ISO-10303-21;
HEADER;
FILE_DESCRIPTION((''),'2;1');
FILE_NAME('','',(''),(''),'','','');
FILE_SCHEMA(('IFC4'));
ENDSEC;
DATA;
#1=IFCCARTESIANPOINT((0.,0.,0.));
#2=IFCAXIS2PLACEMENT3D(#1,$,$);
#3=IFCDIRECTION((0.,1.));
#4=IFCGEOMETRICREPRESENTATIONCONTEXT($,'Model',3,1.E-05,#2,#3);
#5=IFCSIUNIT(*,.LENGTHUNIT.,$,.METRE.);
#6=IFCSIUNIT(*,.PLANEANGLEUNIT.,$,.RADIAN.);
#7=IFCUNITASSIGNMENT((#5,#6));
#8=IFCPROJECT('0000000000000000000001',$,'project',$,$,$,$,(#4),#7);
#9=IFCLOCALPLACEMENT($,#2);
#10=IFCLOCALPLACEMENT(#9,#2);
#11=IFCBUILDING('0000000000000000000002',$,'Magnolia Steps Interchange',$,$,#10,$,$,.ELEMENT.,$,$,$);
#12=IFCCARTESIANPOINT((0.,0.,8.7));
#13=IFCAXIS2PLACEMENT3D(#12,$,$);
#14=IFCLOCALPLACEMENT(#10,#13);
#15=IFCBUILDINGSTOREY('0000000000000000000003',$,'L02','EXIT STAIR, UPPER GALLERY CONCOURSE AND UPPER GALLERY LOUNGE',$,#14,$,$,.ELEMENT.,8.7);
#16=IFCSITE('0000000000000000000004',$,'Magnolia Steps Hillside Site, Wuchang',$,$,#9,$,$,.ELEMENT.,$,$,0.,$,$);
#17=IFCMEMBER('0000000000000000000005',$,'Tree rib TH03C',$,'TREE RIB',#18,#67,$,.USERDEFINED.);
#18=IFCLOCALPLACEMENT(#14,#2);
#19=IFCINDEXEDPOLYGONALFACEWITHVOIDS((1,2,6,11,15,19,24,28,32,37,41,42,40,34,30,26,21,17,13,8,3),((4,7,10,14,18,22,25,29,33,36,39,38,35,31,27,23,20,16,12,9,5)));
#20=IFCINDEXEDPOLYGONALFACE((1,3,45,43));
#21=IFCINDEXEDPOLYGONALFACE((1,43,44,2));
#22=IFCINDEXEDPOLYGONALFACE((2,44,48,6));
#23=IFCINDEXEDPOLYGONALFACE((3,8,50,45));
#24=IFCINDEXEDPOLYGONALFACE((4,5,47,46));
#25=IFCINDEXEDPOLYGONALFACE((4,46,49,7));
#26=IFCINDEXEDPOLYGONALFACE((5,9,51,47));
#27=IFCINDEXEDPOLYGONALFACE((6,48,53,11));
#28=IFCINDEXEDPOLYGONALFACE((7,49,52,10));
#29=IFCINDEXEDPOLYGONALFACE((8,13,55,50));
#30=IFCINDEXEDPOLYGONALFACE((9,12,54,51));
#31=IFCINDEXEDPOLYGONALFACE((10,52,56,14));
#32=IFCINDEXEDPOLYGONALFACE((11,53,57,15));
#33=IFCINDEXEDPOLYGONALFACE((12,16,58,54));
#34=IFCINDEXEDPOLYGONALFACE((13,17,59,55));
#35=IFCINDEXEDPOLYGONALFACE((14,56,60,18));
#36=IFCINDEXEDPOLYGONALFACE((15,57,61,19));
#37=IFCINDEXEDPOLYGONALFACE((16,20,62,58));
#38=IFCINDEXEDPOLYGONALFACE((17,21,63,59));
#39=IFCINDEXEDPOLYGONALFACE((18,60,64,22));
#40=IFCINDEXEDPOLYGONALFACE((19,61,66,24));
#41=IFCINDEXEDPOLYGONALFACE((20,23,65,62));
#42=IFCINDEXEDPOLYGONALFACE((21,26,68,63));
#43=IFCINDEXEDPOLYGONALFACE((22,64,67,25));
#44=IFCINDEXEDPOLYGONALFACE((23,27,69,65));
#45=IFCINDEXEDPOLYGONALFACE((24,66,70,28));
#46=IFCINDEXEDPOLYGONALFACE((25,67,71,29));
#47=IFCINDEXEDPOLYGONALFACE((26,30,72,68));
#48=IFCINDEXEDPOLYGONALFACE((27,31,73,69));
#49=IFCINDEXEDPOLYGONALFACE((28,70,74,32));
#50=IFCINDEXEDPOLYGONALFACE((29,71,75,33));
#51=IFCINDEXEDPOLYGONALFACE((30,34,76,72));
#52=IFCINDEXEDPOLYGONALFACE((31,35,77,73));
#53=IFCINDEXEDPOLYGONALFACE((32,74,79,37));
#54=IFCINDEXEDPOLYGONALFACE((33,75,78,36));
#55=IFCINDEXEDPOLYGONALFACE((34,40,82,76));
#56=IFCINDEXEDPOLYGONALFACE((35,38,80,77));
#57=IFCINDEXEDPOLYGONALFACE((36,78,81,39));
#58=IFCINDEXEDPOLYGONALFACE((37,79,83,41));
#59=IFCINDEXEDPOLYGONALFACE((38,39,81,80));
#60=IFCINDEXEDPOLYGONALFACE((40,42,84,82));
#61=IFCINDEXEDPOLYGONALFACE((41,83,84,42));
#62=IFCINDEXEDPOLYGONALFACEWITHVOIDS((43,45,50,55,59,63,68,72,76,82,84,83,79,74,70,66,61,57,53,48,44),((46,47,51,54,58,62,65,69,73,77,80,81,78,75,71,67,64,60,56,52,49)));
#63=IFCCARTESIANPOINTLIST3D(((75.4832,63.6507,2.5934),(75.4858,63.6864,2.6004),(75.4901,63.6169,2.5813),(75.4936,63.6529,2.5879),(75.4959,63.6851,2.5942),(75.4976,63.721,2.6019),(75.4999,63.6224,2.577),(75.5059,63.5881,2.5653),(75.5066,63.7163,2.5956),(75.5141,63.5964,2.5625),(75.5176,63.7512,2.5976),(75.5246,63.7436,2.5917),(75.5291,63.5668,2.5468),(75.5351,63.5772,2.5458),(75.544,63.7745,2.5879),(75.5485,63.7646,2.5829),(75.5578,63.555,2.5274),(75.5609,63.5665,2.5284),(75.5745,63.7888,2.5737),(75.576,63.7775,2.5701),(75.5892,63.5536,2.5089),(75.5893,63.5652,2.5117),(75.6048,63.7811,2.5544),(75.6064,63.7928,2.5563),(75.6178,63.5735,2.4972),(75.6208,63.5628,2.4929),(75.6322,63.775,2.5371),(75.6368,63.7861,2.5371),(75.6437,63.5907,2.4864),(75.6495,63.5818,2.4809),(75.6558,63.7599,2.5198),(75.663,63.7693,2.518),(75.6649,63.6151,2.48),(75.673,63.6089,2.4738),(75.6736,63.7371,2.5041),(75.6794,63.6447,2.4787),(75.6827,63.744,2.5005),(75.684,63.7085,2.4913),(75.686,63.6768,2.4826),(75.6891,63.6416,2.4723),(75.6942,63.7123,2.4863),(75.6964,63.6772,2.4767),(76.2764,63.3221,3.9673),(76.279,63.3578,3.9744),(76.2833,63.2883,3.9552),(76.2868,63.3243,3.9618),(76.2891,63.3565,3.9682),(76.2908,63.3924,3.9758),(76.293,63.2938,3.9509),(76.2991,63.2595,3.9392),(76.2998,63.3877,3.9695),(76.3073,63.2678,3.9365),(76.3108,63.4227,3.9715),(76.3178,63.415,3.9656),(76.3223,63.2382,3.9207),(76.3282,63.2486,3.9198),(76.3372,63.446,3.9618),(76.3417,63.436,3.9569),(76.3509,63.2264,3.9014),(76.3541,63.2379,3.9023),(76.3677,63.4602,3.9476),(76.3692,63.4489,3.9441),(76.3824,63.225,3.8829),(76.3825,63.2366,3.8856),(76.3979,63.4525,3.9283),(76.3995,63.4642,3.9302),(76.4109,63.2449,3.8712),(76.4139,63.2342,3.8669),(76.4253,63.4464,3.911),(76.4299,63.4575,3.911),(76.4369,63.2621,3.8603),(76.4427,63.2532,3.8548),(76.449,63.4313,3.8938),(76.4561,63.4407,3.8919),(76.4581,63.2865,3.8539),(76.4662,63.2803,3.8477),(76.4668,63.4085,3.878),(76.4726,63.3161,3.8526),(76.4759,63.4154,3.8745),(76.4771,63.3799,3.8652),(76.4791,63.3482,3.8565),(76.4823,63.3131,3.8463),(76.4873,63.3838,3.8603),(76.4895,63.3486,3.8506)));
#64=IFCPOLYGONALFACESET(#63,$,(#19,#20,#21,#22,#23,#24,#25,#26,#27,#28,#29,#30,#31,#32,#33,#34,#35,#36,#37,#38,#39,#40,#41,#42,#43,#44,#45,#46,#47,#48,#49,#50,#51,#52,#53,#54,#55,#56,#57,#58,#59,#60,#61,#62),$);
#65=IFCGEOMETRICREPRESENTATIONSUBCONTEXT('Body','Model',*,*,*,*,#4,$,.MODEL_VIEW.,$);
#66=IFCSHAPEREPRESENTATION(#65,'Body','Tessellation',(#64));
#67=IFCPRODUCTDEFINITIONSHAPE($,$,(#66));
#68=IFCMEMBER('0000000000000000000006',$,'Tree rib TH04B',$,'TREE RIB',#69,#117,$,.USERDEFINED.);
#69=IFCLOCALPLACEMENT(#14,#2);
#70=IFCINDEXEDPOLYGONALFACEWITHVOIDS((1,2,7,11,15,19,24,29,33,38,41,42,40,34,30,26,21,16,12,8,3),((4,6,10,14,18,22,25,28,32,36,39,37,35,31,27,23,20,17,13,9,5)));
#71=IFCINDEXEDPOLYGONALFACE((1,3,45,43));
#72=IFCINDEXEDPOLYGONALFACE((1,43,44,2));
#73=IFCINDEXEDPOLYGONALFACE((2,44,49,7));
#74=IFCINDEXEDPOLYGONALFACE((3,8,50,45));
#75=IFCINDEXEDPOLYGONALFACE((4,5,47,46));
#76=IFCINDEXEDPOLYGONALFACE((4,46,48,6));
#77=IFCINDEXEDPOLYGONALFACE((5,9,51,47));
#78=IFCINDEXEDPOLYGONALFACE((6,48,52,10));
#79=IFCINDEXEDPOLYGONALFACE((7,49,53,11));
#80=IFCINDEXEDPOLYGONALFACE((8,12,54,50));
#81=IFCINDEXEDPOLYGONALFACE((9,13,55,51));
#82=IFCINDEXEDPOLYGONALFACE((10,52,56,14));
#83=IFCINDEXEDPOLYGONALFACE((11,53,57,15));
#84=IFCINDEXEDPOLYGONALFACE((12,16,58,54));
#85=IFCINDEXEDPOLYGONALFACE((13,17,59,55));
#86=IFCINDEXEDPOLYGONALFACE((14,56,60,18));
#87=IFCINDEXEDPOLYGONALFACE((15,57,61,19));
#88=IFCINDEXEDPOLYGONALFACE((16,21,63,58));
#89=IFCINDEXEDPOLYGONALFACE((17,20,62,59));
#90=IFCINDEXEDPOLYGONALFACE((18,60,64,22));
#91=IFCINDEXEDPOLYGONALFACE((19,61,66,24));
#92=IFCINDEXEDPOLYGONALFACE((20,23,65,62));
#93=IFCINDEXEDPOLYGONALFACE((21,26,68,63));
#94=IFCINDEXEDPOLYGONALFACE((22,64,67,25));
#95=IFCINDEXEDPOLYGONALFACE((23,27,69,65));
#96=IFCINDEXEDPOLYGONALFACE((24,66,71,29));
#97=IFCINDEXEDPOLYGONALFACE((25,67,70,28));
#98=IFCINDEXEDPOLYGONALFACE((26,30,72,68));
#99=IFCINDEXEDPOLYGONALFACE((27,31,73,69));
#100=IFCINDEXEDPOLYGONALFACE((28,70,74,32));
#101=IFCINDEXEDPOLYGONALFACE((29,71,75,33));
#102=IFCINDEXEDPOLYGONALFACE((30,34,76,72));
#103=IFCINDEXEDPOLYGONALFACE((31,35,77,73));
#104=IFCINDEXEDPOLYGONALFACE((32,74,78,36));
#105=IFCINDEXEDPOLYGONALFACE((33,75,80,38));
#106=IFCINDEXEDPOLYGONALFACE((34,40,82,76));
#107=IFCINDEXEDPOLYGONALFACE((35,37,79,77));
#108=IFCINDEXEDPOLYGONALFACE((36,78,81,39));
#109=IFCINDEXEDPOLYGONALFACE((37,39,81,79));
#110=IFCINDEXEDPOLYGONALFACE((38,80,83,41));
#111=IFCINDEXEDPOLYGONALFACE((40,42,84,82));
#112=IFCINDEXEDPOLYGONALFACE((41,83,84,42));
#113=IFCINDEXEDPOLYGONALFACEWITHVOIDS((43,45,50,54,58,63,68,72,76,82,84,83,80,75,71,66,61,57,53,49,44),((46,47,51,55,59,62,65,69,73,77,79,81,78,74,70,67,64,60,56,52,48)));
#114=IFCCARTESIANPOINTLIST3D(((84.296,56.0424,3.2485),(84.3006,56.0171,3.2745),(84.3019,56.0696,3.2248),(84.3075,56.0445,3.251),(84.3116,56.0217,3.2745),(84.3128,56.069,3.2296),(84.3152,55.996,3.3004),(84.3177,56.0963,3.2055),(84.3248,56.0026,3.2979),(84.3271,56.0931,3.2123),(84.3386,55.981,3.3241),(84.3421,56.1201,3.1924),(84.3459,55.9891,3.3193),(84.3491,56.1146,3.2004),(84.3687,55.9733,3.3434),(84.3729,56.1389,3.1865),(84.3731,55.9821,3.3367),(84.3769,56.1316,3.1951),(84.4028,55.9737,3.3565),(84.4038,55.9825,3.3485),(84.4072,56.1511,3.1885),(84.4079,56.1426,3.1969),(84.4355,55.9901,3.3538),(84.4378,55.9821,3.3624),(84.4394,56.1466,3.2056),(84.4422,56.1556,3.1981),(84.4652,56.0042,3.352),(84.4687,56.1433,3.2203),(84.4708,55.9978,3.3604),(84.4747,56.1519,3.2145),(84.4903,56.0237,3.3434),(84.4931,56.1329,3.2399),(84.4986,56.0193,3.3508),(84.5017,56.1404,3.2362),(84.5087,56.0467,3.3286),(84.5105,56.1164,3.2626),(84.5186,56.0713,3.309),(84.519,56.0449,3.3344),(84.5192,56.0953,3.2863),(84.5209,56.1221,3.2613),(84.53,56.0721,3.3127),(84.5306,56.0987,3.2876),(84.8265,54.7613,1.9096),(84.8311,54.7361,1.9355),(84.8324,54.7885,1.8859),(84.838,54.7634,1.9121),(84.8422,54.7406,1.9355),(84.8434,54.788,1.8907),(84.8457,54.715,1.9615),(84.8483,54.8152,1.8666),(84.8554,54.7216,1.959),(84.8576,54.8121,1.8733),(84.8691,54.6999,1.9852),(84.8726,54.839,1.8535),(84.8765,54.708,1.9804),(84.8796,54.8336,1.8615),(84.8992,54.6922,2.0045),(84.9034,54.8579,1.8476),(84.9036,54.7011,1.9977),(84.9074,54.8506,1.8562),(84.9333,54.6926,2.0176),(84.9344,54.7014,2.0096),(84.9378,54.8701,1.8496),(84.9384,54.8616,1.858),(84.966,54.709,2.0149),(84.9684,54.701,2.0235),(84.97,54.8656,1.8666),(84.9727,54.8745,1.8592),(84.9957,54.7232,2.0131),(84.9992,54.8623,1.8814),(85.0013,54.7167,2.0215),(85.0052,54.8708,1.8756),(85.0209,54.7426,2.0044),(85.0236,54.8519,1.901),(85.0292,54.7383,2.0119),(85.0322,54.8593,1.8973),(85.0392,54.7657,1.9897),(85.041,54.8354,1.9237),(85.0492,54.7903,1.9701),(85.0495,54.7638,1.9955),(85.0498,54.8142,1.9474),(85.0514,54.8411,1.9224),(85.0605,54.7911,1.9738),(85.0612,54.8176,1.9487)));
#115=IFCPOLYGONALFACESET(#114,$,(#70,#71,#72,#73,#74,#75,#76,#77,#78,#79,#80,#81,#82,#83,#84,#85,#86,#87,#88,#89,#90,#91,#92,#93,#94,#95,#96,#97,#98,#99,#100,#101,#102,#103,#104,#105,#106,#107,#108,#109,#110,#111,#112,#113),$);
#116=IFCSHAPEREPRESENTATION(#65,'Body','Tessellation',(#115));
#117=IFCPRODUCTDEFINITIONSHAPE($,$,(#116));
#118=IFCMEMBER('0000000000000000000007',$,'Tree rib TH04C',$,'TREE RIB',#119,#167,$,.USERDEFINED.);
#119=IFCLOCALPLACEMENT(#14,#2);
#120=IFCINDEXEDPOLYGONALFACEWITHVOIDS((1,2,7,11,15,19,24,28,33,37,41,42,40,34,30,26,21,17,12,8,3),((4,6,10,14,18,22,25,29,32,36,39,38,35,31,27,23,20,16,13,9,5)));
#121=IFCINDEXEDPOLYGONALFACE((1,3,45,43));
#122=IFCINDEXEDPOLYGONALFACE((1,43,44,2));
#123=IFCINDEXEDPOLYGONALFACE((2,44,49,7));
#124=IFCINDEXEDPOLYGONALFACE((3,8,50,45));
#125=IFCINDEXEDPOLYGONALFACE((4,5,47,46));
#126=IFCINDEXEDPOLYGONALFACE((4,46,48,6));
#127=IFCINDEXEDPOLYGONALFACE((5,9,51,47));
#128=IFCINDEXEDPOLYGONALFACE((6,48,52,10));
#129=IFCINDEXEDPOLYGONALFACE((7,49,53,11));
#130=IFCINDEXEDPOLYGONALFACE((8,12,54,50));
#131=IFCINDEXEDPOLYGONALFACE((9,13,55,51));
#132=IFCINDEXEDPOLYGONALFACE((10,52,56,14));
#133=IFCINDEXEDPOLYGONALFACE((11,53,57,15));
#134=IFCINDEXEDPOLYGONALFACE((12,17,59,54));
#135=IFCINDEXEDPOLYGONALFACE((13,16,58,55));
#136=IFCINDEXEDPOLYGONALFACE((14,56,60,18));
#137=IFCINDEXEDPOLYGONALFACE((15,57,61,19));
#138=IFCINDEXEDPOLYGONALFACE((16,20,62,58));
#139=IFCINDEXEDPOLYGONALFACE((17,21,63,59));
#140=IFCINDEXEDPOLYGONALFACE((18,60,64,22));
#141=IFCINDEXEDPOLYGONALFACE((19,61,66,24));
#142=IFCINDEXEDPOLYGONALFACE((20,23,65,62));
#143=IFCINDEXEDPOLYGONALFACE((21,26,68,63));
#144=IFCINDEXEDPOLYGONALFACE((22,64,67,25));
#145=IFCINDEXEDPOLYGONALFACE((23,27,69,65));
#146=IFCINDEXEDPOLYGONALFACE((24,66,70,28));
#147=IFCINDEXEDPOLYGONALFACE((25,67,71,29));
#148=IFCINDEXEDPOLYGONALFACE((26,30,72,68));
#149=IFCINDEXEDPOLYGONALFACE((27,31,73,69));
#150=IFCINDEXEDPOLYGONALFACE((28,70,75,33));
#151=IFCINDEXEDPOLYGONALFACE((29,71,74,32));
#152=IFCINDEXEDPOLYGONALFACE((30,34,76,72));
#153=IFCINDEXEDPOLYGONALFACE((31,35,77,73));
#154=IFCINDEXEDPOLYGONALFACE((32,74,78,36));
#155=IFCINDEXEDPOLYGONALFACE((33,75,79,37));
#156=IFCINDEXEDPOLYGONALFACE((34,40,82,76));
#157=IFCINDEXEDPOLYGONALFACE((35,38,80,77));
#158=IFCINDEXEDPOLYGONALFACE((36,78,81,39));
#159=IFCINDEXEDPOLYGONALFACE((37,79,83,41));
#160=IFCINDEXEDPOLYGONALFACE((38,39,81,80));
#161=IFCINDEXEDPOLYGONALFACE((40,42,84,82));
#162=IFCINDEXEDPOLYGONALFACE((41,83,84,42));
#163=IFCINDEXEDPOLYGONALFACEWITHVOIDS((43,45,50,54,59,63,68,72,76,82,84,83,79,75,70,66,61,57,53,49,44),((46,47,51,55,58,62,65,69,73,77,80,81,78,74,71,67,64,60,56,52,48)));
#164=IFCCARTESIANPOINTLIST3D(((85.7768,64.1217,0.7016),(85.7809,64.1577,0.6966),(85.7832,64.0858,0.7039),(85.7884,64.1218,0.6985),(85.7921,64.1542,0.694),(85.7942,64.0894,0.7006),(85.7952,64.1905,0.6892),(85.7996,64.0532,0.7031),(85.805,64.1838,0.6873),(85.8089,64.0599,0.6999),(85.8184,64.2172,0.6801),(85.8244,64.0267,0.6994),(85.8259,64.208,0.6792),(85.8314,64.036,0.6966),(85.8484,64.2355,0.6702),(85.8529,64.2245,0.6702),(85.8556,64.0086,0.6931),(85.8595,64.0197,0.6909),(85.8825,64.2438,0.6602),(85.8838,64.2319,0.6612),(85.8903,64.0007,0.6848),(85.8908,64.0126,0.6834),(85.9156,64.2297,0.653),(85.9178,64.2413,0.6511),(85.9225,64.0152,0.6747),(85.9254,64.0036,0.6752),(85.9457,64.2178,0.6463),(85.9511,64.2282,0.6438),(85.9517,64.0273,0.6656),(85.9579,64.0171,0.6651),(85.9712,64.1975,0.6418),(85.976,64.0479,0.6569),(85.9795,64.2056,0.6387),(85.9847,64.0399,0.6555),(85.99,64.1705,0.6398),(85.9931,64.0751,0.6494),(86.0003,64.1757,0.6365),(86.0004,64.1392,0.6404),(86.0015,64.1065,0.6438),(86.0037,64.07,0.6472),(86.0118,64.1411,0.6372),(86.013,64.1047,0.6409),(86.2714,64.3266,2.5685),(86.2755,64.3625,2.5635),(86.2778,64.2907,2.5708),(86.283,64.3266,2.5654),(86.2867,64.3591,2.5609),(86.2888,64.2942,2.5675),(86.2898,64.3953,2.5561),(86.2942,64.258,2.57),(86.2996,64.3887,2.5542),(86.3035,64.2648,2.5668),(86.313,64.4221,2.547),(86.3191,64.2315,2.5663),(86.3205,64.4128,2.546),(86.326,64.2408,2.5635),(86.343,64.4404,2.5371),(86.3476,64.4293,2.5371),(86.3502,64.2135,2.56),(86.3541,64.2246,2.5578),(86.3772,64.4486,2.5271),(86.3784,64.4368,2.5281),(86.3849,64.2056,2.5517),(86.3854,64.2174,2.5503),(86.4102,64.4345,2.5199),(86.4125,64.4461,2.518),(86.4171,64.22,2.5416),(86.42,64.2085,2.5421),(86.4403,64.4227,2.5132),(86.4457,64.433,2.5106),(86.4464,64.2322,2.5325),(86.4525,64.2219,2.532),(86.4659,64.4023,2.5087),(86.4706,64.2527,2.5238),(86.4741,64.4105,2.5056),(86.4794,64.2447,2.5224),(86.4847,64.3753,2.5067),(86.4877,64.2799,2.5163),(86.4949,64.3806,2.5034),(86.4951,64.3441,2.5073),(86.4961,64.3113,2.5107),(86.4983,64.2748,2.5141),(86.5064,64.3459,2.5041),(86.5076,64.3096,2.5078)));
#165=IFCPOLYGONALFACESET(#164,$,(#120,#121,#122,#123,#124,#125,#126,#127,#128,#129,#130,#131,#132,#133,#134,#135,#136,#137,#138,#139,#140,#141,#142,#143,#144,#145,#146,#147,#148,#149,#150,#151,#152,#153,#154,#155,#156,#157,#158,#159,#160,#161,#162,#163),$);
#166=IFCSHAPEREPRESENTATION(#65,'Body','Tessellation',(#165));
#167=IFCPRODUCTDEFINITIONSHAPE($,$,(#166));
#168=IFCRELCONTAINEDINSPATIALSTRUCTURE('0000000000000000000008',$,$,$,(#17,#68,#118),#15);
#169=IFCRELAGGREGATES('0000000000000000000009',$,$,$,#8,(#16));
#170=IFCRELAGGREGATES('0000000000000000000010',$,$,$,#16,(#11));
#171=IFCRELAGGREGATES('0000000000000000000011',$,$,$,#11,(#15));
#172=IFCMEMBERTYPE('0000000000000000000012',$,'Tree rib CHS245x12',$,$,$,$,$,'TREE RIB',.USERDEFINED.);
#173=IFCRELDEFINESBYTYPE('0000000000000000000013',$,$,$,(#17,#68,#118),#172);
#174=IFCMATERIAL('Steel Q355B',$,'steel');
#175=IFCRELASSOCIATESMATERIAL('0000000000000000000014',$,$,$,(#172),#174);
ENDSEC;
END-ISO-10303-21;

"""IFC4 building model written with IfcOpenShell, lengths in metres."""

from ifc_helpers import new_model, si_unit, direction, frame, origin, origin_2d, place, context, subcontext, project, spatial, hollow_circle, extrude, material, material_profile, profile_set, type_object, element, save


model = new_model("IFC4")

# Units and contexts
model_context = context("Model", 3, precision=1e-05, world=origin(), true_north=direction((0.0, 1.0)))
body_context = subcontext(model_context, "Body", "Model", "MODEL_VIEW")
ifc_project = project(units=[si_unit("LENGTHUNIT", "METRE"), si_unit("PLANEANGLEUNIT", "RADIAN")], contexts=[model_context])

# Site, building, storey
site_placement = place(None, origin())
site = spatial("IfcSite", under=ifc_project, at=site_placement, Name="Magnolia Steps Hillside Site, Wuchang", CompositionType="ELEMENT", RefElevation=0.0)
building_placement = place(site_placement, origin())
building = spatial("IfcBuilding", under=site, at=building_placement, Name="Magnolia Steps Interchange", CompositionType="ELEMENT")
storey_placement = place(building_placement, frame((0.0, 0.0, 8.7)))
storey = spatial("IfcBuildingStorey", under=building, at=storey_placement, Name="L02", Description="EXIT STAIR, UPPER GALLERY CONCOURSE AND UPPER GALLERY LOUNGE", CompositionType="ELEMENT", Elevation=8.7)

# Members
ifc_material_1 = material(Name="Steel Q355B", Category="steel")
ifc_material_profile_1 = material_profile(ifc_material_1, hollow_circle(Radius=0.1226, WallThickness=0.012, at=origin_2d()), Name="CHS245x12")
ifc_profile_set_1 = profile_set([ifc_material_profile_1], Name="Steel Q355B")
member_type = type_object("IfcMemberType", Name="Tree rib CHS245x12", ElementType="TREE RIB", PredefinedType="USERDEFINED", material=ifc_profile_set_1)
for number, where, z_axis, x_axis, name in (
    (1, (75.5898, 63.6729, 2.5371), (0.489571, -0.20282, 0.848047), (0.382737, 0.923857, 0.0), "Tree rib TH03C"),
):
    element("IfcMember", number, at=place(storey_placement, frame(where, z_axis=z_axis, x_axis=x_axis)), inside=storey, type_object=member_type, Name=name, ObjectType="TREE RIB", PredefinedType="USERDEFINED", context=body_context, shape_type="SweptSolid", body=[
        extrude(hollow_circle(Radius=0.1226, WallThickness=0.012, at=origin_2d()), origin(), (0.0, 0.0, 1.0), 1.6201),
    ])
member_1_placement = place(storey_placement, frame((84.9443, 54.783, 1.9355), z_axis=(-0.275246, 0.664618, 0.694638), x_axis=(-0.923903, -0.382627, 0.0)))
element("IfcMember", 2, at=member_1_placement, inside=storey, type_object=member_type, Name="Tree rib TH04B", ObjectType="TREE RIB", PredefinedType="USERDEFINED", context=body_context, shape_type="SweptSolid", body=[
    extrude(hollow_circle(Radius=0.1226, WallThickness=0.012, at=origin_2d()), origin(), (0.0, 0.0, 1.0), 1.9275),
])
for number, where, z_axis, x_axis, name in (
    (3, (85.8953, 64.1223, 0.6702), (0.254676, 0.105466, 0.961258), (-0.382607, 0.923911, 0.0), "Tree rib TH04C"),
):
    element("IfcMember", number, at=place(storey_placement, frame(where, z_axis=z_axis, x_axis=x_axis)), inside=storey, type_object=member_type, Name=name, ObjectType="TREE RIB", PredefinedType="USERDEFINED", context=body_context, shape_type="SweptSolid", body=[
        extrude(hollow_circle(Radius=0.1226, WallThickness=0.012, at=origin_2d()), origin(), (0.0, 0.0, 1.0), 1.9421),
    ])

save(model, "model.ifc")
